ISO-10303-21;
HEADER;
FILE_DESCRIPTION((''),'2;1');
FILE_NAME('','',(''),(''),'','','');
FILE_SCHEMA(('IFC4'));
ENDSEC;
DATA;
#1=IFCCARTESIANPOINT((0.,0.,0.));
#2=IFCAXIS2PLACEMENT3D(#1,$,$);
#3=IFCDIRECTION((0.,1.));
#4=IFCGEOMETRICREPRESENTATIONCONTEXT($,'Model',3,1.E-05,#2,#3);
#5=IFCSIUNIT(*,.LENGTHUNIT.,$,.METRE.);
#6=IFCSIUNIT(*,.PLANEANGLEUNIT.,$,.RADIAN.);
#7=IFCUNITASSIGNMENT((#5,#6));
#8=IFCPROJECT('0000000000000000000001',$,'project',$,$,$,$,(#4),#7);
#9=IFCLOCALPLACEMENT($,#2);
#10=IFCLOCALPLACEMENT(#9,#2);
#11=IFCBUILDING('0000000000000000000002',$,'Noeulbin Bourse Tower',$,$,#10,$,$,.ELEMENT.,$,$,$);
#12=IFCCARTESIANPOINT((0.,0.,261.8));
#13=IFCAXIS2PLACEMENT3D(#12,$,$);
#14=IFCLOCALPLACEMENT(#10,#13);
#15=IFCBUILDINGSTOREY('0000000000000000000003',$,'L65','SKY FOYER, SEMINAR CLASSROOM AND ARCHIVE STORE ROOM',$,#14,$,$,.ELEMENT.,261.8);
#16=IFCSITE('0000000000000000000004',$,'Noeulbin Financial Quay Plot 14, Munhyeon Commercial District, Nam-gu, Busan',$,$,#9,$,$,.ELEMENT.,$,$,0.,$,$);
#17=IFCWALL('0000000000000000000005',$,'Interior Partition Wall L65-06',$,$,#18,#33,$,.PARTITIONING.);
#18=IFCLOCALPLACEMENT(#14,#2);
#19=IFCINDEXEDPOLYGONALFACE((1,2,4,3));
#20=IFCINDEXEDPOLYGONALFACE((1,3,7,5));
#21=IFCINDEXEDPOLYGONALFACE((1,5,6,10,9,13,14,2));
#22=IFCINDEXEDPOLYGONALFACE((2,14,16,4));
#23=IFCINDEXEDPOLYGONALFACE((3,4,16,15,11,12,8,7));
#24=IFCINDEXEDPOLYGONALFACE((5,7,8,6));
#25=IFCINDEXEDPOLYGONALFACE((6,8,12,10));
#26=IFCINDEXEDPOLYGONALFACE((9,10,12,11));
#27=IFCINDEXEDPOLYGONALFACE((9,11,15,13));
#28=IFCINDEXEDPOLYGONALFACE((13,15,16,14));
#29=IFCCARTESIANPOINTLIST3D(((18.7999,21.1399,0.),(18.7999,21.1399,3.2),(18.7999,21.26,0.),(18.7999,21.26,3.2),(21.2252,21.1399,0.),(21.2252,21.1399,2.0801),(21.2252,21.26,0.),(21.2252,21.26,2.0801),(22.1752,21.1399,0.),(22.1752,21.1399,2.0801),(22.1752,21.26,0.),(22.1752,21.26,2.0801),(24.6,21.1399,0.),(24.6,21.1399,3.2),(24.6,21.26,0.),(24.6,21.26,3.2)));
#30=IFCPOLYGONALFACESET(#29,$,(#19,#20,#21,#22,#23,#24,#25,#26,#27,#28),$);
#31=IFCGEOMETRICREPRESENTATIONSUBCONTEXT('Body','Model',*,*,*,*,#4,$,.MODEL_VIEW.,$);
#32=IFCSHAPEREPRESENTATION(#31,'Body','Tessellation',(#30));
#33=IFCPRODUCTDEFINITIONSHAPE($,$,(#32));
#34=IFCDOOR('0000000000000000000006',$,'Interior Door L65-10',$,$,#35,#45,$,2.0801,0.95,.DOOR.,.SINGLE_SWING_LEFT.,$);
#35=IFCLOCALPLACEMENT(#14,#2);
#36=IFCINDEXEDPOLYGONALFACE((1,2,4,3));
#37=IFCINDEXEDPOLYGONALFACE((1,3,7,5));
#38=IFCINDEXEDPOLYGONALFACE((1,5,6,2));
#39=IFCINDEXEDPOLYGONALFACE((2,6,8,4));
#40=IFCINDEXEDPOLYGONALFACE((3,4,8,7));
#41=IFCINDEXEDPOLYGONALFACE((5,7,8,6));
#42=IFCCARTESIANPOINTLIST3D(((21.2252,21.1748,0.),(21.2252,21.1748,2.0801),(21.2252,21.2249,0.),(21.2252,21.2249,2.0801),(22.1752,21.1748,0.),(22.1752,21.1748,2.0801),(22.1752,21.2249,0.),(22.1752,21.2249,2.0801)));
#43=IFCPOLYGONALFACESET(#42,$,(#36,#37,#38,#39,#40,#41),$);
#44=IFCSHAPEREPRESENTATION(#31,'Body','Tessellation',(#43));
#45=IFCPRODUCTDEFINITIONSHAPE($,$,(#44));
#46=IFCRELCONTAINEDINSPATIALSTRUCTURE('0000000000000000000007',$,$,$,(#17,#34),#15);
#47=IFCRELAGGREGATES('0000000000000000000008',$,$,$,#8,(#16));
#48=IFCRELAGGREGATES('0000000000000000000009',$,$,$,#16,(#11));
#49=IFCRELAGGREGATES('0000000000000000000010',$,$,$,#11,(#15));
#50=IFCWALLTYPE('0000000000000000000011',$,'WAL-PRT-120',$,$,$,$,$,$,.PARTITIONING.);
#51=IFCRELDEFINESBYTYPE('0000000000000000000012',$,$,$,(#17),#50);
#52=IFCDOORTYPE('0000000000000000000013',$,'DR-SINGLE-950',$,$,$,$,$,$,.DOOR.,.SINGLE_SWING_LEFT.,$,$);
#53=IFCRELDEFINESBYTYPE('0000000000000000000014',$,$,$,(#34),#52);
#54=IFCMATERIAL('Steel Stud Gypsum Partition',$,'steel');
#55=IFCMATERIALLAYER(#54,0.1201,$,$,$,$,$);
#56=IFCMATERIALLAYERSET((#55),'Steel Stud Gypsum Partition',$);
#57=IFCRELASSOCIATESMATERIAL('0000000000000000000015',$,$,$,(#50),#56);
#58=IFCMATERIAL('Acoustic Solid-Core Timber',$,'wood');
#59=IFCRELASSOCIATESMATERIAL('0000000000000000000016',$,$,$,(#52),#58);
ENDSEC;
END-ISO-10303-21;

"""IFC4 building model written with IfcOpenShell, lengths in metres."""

from ifc_helpers import new_model, si_unit, direction, frame, frame_2d, origin, place, context, subcontext, project, spatial, rectangle, extrude, material, layer, layer_set, type_object, element, fill, save


model = new_model("IFC4")

# Units and contexts
model_context = context("Model", 3, precision=1e-05, world=origin(), true_north=direction((0.0, 1.0)))
body_context = subcontext(model_context, "Body", "Model", "MODEL_VIEW")
ifc_project = project(units=[si_unit("LENGTHUNIT", "METRE"), si_unit("PLANEANGLEUNIT", "RADIAN")], contexts=[model_context])

# Site, building, storey
site_placement = place(None, origin())
site = spatial("IfcSite", under=ifc_project, at=site_placement, Name="Noeulbin Financial Quay Plot 14, Munhyeon Commercial District, Nam-gu, Busan", CompositionType="ELEMENT", RefElevation=0.0)
building_placement = place(site_placement, origin())
building = spatial("IfcBuilding", under=site, at=building_placement, Name="Noeulbin Bourse Tower", CompositionType="ELEMENT")
storey_placement = place(building_placement, frame((0.0, 0.0, 261.8)))
storey = spatial("IfcBuildingStorey", under=building, at=storey_placement, Name="L65", Description="SKY FOYER, SEMINAR CLASSROOM AND ARCHIVE STORE ROOM", CompositionType="ELEMENT", Elevation=261.8)

# Wall, opening, door
ifc_material_1 = material(Name="Steel Stud Gypsum Partition", Category="steel")
ifc_layer_1 = layer(ifc_material_1, 0.1201)
ifc_layer_set_1 = layer_set([ifc_layer_1], Name="Steel Stud Gypsum Partition")
wall_type_1 = type_object("IfcWallType", Name="WAL-PRT-120", PredefinedType="PARTITIONING", material=ifc_layer_set_1)
wall_1_placement = place(storey_placement, frame((18.8, 21.2, 0.0), z_axis=(0.0, 0.0, 1.0), x_axis=(1.0, 0.0, 0.0)))
wall_1 = element("IfcWall", 1, at=wall_1_placement, inside=storey, type_object=wall_type_1, Name="Interior Partition Wall L65-06", PredefinedType="PARTITIONING", context=body_context, shape_type="SweptSolid", body=[
    extrude(rectangle(XDim=5.8, YDim=0.1201, at=frame_2d((2.8999, 0.0))), origin(), (0.0, 0.0, 1.0), 3.2),
])
opening_1_placement = place(wall_1_placement, frame((2.425, 0.0, 0.0)))
opening_1 = element("IfcOpeningElement", 2, at=opening_1_placement, cuts=wall_1, PredefinedType="OPENING", context=body_context, shape_type="SweptSolid", body=[
    extrude(rectangle(XDim=0.95, YDim=2.0801, at=frame_2d((0.4751, 1.04))), frame((0.0, 0.0701, 0.0), z_axis=(0.0, -1.0, 0.0), x_axis=(1.0, 0.0, 0.0)), (0.0, 0.0, 1.0), 0.1401),
])
ifc_material_2 = material(Name="Acoustic Solid-Core Timber", Category="wood")
door_type_1 = type_object("IfcDoorType", Name="DR-SINGLE-950", OperationType="SINGLE_SWING_LEFT", PredefinedType="DOOR", material=ifc_material_2)
door_1_placement = place(opening_1_placement, origin())
door_1 = element("IfcDoor", 3, at=door_1_placement, inside=storey, type_object=door_type_1, Name="Interior Door L65-10", OperationType="SINGLE_SWING_LEFT", OverallHeight=2.0801, OverallWidth=0.95, PredefinedType="DOOR", context=body_context, shape_type="SweptSolid", body=[
    extrude(rectangle(XDim=0.95, YDim=2.0801, at=frame_2d((0.4751, 1.04))), frame((0.0, 0.0249, 0.0), z_axis=(0.0, -1.0, 0.0), x_axis=(1.0, 0.0, 0.0)), (0.0, 0.0, 1.0), 0.05),
])
fill(opening_1, door_1)

save(model, "model.ifc")
